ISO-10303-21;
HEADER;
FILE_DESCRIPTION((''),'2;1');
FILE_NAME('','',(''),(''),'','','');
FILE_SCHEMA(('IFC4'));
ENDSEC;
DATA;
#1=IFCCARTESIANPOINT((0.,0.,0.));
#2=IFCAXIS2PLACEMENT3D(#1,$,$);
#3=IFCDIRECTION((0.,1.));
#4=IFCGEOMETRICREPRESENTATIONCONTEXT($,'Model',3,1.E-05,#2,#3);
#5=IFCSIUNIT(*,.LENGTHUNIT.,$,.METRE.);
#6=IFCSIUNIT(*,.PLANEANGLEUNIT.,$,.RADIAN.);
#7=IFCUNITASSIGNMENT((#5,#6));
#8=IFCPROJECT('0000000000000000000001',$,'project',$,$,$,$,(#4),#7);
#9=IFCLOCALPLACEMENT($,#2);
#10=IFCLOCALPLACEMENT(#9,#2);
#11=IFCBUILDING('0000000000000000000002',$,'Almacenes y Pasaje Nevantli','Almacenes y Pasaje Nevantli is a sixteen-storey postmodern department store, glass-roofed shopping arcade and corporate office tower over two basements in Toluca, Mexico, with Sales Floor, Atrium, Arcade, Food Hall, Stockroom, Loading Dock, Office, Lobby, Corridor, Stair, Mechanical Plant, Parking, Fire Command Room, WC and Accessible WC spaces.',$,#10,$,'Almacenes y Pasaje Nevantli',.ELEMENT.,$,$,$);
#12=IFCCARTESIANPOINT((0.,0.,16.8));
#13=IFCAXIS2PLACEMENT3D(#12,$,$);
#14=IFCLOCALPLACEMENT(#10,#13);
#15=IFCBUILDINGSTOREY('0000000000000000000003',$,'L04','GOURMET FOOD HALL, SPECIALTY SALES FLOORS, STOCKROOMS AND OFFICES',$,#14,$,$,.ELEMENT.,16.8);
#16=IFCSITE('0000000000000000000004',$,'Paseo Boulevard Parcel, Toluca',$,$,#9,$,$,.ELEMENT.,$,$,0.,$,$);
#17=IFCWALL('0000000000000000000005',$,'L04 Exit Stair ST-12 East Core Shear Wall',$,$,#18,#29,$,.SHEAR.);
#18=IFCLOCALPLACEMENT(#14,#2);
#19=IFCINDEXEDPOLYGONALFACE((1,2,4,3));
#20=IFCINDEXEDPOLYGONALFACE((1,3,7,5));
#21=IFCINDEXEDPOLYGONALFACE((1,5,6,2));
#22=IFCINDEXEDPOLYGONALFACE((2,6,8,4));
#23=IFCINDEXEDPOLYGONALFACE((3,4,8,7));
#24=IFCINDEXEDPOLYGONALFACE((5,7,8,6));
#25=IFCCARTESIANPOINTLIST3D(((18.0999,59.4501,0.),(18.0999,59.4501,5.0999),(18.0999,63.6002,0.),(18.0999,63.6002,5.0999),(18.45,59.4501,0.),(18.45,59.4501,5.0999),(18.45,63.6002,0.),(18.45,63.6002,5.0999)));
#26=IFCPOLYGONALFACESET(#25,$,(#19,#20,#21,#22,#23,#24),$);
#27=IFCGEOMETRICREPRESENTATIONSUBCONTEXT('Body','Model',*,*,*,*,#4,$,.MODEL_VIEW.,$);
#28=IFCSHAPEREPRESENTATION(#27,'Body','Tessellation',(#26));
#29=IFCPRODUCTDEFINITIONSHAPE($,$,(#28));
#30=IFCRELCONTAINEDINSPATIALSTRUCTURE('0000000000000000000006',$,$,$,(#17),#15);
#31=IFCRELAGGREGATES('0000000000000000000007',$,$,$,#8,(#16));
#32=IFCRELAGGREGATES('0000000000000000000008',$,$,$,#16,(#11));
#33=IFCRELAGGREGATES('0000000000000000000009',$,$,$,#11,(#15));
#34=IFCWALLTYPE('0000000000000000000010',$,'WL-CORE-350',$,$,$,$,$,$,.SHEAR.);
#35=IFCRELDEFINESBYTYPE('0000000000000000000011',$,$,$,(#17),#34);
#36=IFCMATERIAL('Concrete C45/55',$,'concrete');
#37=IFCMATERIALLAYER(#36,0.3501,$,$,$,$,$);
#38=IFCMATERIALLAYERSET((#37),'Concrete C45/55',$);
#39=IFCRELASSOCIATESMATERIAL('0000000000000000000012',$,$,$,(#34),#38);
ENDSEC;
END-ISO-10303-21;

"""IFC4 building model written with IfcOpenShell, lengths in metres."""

from ifc_helpers import new_model, si_unit, direction, frame, frame_2d, origin, place, context, subcontext, project, spatial, rectangle, extrude, material, layer, layer_set, type_object, element, save


model = new_model("IFC4")

# Units and contexts
model_context = context("Model", 3, precision=1e-05, world=origin(), true_north=direction((0.0, 1.0)))
body_context = subcontext(model_context, "Body", "Model", "MODEL_VIEW")
ifc_project = project(units=[si_unit("LENGTHUNIT", "METRE"), si_unit("PLANEANGLEUNIT", "RADIAN")], contexts=[model_context])

# Site, building, storey
site_placement = place(None, origin())
site = spatial("IfcSite", under=ifc_project, at=site_placement, Name="Paseo Boulevard Parcel, Toluca", CompositionType="ELEMENT", RefElevation=0.0)
building_placement = place(site_placement, origin())
building = spatial("IfcBuilding", under=site, at=building_placement, Name="Almacenes y Pasaje Nevantli", Description="Almacenes y Pasaje Nevantli is a sixteen-storey postmodern department store, glass-roofed shopping arcade and corporate office tower over two basements in Toluca, Mexico, with Sales Floor, Atrium, Arcade, Food Hall, Stockroom, Loading Dock, Office, Lobby, Corridor, Stair, Mechanical Plant, Parking, Fire Command Room, WC and Accessible WC spaces.", LongName="Almacenes y Pasaje Nevantli", CompositionType="ELEMENT")
storey_placement = place(building_placement, frame((0.0, 0.0, 16.8)))
storey = spatial("IfcBuildingStorey", under=building, at=storey_placement, Name="L04", Description="GOURMET FOOD HALL, SPECIALTY SALES FLOORS, STOCKROOMS AND OFFICES", CompositionType="ELEMENT", Elevation=16.8)

# Shared definitions
ifc_material_1 = material(Name="Concrete C45/55", Category="concrete")
ifc_layer = layer(ifc_material_1, 0.3501)
ifc_layer_set = layer_set([ifc_layer], Name="Concrete C45/55")
wall_type = type_object("IfcWallType", Name="WL-CORE-350", PredefinedType="SHEAR", material=ifc_layer_set)

# Wall
for number, where, z_axis, x_axis, name in (
    (1, (18.2749, 59.45, 0.0), (0.0, 0.0, 1.0), (0.0, 1.0, 0.0), "L04 Exit Stair ST-12 East Core Shear Wall"),
):
    element("IfcWall", number, at=place(storey_placement, frame(where, z_axis=z_axis, x_axis=x_axis)), inside=storey, type_object=wall_type, Name=name, PredefinedType="SHEAR", context=body_context, shape_type="SweptSolid", body=[
        extrude(rectangle(XDim=4.1501, YDim=0.3501, at=frame_2d((2.0752, 0.0))), origin(), (0.0, 0.0, 1.0), 5.0999),
    ])

save(model, "model.ifc")
